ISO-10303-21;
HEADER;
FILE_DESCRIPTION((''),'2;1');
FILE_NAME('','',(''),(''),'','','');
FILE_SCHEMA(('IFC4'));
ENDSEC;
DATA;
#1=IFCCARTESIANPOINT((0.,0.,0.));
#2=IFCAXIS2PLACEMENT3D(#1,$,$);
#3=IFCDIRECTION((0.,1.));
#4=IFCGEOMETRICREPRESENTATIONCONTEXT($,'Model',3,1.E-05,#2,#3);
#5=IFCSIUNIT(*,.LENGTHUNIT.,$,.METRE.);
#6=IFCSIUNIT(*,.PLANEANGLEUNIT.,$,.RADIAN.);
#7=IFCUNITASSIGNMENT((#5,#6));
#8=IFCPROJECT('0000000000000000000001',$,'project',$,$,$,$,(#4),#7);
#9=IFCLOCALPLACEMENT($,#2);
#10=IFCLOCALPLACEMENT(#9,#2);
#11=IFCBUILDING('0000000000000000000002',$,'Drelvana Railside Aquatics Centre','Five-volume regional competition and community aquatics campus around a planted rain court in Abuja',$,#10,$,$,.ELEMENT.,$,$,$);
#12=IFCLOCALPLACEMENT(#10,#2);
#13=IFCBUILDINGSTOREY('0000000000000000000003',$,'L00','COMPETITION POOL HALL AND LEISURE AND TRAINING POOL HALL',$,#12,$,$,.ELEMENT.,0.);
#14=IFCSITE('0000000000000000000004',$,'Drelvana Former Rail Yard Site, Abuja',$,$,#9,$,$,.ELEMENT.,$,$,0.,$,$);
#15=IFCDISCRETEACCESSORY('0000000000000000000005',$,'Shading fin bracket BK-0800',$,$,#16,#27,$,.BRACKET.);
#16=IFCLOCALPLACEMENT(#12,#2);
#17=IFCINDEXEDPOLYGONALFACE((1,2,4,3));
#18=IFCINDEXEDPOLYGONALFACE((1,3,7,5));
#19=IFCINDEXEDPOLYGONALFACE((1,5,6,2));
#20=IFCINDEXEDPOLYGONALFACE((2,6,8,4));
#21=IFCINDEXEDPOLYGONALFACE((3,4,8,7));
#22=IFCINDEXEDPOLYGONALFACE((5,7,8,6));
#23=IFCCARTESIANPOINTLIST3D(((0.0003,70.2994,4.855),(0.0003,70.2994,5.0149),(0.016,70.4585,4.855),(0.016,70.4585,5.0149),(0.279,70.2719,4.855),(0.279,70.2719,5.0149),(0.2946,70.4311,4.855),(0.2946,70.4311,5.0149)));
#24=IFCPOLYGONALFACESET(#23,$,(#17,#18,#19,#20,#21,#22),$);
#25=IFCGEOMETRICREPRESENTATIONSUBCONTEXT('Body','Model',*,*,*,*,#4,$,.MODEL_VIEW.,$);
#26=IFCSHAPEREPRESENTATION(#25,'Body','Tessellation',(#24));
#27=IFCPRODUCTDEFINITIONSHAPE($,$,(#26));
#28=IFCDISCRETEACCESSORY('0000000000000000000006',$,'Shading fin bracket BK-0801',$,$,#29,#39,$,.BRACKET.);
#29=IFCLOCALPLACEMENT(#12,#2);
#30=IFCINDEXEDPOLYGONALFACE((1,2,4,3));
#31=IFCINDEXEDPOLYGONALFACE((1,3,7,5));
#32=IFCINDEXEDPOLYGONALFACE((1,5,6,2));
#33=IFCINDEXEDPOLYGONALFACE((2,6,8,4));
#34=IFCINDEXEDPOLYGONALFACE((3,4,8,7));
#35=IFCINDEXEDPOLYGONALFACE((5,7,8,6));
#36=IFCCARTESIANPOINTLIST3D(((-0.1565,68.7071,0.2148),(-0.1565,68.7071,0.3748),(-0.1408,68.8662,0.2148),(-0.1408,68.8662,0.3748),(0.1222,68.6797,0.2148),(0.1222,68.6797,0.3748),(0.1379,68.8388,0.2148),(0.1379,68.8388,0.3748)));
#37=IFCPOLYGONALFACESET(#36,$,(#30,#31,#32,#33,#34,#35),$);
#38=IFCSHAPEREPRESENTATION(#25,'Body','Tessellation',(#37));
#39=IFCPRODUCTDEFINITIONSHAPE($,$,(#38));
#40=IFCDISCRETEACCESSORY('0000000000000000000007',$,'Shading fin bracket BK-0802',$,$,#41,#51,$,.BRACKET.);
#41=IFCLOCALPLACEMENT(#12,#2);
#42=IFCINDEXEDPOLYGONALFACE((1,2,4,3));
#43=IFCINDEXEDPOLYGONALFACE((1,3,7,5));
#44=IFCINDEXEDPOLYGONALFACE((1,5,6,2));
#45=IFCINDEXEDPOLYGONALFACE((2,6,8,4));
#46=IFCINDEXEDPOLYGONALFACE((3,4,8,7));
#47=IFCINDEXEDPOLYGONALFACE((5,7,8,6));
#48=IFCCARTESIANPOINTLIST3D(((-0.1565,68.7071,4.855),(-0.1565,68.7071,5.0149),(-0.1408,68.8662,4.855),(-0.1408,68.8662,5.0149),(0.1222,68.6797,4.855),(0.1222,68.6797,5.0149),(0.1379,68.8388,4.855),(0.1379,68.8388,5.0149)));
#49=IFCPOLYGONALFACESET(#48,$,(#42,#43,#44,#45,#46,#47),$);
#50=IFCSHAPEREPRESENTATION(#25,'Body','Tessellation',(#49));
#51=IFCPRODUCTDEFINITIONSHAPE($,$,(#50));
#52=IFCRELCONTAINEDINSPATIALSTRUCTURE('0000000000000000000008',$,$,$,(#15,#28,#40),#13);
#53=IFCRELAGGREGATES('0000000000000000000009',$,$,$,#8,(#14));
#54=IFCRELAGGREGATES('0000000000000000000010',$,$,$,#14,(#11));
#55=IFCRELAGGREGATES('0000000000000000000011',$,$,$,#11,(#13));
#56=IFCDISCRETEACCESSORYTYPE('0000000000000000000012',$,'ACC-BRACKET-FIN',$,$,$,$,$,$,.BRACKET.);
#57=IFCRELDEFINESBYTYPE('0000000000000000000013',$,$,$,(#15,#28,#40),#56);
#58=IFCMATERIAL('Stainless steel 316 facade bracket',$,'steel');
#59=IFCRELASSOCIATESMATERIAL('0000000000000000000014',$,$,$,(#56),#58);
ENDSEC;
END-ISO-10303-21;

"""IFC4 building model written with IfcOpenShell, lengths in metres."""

from ifc_helpers import new_model, si_unit, direction, frame, origin, origin_2d, place, context, subcontext, project, spatial, rectangle, extrude, material, type_object, element, save


model = new_model("IFC4")

# Units and contexts
model_context = context("Model", 3, precision=1e-05, world=origin(), true_north=direction((0.0, 1.0)))
body_context = subcontext(model_context, "Body", "Model", "MODEL_VIEW")
ifc_project = project(units=[si_unit("LENGTHUNIT", "METRE"), si_unit("PLANEANGLEUNIT", "RADIAN")], contexts=[model_context])

# Site, building, storey
site_placement = place(None, origin())
site = spatial("IfcSite", under=ifc_project, at=site_placement, Name="Drelvana Former Rail Yard Site, Abuja", CompositionType="ELEMENT", RefElevation=0.0)
building_placement = place(site_placement, origin())
building = spatial("IfcBuilding", under=site, at=building_placement, Name="Drelvana Railside Aquatics Centre", Description="Five-volume regional competition and community aquatics campus around a planted rain court in Abuja", CompositionType="ELEMENT")
storey_placement = place(building_placement, origin())
storey = spatial("IfcBuildingStorey", under=building, at=storey_placement, Name="L00", Description="COMPETITION POOL HALL AND LEISURE AND TRAINING POOL HALL", CompositionType="ELEMENT", Elevation=0.0)

# Discrete accessories
ifc_material_1 = material(Name="Stainless steel 316 facade bracket", Category="steel")
discrete_accessory_type = type_object("IfcDiscreteAccessoryType", Name="ACC-BRACKET-FIN", PredefinedType="BRACKET", material=ifc_material_1)
for number, where, z_axis, x_axis, name in (
    (1, (0.1475, 70.3652, 4.855), (0.0, 0.0, 1.0), (-0.995185, 0.098017, 0.0), "Shading fin bracket BK-0800"),
    (2, (-0.0093, 68.7729, 0.2148), (0.0, 0.0, 1.0), (-0.995185, 0.098017, 0.0), "Shading fin bracket BK-0801"),
    (3, (-0.0093, 68.7729, 4.855), (0.0, 0.0, 1.0), (-0.995185, 0.098017, 0.0), "Shading fin bracket BK-0802"),
):
    element("IfcDiscreteAccessory", number, at=place(storey_placement, frame(where, z_axis=z_axis, x_axis=x_axis)), inside=storey, type_object=discrete_accessory_type, Name=name, PredefinedType="BRACKET", context=body_context, shape_type="SweptSolid", body=[
        extrude(rectangle(XDim=0.28, YDim=0.1599, at=origin_2d()), origin(), (0.0, 0.0, 1.0), 0.1599),
    ])

save(model, "model.ifc")
